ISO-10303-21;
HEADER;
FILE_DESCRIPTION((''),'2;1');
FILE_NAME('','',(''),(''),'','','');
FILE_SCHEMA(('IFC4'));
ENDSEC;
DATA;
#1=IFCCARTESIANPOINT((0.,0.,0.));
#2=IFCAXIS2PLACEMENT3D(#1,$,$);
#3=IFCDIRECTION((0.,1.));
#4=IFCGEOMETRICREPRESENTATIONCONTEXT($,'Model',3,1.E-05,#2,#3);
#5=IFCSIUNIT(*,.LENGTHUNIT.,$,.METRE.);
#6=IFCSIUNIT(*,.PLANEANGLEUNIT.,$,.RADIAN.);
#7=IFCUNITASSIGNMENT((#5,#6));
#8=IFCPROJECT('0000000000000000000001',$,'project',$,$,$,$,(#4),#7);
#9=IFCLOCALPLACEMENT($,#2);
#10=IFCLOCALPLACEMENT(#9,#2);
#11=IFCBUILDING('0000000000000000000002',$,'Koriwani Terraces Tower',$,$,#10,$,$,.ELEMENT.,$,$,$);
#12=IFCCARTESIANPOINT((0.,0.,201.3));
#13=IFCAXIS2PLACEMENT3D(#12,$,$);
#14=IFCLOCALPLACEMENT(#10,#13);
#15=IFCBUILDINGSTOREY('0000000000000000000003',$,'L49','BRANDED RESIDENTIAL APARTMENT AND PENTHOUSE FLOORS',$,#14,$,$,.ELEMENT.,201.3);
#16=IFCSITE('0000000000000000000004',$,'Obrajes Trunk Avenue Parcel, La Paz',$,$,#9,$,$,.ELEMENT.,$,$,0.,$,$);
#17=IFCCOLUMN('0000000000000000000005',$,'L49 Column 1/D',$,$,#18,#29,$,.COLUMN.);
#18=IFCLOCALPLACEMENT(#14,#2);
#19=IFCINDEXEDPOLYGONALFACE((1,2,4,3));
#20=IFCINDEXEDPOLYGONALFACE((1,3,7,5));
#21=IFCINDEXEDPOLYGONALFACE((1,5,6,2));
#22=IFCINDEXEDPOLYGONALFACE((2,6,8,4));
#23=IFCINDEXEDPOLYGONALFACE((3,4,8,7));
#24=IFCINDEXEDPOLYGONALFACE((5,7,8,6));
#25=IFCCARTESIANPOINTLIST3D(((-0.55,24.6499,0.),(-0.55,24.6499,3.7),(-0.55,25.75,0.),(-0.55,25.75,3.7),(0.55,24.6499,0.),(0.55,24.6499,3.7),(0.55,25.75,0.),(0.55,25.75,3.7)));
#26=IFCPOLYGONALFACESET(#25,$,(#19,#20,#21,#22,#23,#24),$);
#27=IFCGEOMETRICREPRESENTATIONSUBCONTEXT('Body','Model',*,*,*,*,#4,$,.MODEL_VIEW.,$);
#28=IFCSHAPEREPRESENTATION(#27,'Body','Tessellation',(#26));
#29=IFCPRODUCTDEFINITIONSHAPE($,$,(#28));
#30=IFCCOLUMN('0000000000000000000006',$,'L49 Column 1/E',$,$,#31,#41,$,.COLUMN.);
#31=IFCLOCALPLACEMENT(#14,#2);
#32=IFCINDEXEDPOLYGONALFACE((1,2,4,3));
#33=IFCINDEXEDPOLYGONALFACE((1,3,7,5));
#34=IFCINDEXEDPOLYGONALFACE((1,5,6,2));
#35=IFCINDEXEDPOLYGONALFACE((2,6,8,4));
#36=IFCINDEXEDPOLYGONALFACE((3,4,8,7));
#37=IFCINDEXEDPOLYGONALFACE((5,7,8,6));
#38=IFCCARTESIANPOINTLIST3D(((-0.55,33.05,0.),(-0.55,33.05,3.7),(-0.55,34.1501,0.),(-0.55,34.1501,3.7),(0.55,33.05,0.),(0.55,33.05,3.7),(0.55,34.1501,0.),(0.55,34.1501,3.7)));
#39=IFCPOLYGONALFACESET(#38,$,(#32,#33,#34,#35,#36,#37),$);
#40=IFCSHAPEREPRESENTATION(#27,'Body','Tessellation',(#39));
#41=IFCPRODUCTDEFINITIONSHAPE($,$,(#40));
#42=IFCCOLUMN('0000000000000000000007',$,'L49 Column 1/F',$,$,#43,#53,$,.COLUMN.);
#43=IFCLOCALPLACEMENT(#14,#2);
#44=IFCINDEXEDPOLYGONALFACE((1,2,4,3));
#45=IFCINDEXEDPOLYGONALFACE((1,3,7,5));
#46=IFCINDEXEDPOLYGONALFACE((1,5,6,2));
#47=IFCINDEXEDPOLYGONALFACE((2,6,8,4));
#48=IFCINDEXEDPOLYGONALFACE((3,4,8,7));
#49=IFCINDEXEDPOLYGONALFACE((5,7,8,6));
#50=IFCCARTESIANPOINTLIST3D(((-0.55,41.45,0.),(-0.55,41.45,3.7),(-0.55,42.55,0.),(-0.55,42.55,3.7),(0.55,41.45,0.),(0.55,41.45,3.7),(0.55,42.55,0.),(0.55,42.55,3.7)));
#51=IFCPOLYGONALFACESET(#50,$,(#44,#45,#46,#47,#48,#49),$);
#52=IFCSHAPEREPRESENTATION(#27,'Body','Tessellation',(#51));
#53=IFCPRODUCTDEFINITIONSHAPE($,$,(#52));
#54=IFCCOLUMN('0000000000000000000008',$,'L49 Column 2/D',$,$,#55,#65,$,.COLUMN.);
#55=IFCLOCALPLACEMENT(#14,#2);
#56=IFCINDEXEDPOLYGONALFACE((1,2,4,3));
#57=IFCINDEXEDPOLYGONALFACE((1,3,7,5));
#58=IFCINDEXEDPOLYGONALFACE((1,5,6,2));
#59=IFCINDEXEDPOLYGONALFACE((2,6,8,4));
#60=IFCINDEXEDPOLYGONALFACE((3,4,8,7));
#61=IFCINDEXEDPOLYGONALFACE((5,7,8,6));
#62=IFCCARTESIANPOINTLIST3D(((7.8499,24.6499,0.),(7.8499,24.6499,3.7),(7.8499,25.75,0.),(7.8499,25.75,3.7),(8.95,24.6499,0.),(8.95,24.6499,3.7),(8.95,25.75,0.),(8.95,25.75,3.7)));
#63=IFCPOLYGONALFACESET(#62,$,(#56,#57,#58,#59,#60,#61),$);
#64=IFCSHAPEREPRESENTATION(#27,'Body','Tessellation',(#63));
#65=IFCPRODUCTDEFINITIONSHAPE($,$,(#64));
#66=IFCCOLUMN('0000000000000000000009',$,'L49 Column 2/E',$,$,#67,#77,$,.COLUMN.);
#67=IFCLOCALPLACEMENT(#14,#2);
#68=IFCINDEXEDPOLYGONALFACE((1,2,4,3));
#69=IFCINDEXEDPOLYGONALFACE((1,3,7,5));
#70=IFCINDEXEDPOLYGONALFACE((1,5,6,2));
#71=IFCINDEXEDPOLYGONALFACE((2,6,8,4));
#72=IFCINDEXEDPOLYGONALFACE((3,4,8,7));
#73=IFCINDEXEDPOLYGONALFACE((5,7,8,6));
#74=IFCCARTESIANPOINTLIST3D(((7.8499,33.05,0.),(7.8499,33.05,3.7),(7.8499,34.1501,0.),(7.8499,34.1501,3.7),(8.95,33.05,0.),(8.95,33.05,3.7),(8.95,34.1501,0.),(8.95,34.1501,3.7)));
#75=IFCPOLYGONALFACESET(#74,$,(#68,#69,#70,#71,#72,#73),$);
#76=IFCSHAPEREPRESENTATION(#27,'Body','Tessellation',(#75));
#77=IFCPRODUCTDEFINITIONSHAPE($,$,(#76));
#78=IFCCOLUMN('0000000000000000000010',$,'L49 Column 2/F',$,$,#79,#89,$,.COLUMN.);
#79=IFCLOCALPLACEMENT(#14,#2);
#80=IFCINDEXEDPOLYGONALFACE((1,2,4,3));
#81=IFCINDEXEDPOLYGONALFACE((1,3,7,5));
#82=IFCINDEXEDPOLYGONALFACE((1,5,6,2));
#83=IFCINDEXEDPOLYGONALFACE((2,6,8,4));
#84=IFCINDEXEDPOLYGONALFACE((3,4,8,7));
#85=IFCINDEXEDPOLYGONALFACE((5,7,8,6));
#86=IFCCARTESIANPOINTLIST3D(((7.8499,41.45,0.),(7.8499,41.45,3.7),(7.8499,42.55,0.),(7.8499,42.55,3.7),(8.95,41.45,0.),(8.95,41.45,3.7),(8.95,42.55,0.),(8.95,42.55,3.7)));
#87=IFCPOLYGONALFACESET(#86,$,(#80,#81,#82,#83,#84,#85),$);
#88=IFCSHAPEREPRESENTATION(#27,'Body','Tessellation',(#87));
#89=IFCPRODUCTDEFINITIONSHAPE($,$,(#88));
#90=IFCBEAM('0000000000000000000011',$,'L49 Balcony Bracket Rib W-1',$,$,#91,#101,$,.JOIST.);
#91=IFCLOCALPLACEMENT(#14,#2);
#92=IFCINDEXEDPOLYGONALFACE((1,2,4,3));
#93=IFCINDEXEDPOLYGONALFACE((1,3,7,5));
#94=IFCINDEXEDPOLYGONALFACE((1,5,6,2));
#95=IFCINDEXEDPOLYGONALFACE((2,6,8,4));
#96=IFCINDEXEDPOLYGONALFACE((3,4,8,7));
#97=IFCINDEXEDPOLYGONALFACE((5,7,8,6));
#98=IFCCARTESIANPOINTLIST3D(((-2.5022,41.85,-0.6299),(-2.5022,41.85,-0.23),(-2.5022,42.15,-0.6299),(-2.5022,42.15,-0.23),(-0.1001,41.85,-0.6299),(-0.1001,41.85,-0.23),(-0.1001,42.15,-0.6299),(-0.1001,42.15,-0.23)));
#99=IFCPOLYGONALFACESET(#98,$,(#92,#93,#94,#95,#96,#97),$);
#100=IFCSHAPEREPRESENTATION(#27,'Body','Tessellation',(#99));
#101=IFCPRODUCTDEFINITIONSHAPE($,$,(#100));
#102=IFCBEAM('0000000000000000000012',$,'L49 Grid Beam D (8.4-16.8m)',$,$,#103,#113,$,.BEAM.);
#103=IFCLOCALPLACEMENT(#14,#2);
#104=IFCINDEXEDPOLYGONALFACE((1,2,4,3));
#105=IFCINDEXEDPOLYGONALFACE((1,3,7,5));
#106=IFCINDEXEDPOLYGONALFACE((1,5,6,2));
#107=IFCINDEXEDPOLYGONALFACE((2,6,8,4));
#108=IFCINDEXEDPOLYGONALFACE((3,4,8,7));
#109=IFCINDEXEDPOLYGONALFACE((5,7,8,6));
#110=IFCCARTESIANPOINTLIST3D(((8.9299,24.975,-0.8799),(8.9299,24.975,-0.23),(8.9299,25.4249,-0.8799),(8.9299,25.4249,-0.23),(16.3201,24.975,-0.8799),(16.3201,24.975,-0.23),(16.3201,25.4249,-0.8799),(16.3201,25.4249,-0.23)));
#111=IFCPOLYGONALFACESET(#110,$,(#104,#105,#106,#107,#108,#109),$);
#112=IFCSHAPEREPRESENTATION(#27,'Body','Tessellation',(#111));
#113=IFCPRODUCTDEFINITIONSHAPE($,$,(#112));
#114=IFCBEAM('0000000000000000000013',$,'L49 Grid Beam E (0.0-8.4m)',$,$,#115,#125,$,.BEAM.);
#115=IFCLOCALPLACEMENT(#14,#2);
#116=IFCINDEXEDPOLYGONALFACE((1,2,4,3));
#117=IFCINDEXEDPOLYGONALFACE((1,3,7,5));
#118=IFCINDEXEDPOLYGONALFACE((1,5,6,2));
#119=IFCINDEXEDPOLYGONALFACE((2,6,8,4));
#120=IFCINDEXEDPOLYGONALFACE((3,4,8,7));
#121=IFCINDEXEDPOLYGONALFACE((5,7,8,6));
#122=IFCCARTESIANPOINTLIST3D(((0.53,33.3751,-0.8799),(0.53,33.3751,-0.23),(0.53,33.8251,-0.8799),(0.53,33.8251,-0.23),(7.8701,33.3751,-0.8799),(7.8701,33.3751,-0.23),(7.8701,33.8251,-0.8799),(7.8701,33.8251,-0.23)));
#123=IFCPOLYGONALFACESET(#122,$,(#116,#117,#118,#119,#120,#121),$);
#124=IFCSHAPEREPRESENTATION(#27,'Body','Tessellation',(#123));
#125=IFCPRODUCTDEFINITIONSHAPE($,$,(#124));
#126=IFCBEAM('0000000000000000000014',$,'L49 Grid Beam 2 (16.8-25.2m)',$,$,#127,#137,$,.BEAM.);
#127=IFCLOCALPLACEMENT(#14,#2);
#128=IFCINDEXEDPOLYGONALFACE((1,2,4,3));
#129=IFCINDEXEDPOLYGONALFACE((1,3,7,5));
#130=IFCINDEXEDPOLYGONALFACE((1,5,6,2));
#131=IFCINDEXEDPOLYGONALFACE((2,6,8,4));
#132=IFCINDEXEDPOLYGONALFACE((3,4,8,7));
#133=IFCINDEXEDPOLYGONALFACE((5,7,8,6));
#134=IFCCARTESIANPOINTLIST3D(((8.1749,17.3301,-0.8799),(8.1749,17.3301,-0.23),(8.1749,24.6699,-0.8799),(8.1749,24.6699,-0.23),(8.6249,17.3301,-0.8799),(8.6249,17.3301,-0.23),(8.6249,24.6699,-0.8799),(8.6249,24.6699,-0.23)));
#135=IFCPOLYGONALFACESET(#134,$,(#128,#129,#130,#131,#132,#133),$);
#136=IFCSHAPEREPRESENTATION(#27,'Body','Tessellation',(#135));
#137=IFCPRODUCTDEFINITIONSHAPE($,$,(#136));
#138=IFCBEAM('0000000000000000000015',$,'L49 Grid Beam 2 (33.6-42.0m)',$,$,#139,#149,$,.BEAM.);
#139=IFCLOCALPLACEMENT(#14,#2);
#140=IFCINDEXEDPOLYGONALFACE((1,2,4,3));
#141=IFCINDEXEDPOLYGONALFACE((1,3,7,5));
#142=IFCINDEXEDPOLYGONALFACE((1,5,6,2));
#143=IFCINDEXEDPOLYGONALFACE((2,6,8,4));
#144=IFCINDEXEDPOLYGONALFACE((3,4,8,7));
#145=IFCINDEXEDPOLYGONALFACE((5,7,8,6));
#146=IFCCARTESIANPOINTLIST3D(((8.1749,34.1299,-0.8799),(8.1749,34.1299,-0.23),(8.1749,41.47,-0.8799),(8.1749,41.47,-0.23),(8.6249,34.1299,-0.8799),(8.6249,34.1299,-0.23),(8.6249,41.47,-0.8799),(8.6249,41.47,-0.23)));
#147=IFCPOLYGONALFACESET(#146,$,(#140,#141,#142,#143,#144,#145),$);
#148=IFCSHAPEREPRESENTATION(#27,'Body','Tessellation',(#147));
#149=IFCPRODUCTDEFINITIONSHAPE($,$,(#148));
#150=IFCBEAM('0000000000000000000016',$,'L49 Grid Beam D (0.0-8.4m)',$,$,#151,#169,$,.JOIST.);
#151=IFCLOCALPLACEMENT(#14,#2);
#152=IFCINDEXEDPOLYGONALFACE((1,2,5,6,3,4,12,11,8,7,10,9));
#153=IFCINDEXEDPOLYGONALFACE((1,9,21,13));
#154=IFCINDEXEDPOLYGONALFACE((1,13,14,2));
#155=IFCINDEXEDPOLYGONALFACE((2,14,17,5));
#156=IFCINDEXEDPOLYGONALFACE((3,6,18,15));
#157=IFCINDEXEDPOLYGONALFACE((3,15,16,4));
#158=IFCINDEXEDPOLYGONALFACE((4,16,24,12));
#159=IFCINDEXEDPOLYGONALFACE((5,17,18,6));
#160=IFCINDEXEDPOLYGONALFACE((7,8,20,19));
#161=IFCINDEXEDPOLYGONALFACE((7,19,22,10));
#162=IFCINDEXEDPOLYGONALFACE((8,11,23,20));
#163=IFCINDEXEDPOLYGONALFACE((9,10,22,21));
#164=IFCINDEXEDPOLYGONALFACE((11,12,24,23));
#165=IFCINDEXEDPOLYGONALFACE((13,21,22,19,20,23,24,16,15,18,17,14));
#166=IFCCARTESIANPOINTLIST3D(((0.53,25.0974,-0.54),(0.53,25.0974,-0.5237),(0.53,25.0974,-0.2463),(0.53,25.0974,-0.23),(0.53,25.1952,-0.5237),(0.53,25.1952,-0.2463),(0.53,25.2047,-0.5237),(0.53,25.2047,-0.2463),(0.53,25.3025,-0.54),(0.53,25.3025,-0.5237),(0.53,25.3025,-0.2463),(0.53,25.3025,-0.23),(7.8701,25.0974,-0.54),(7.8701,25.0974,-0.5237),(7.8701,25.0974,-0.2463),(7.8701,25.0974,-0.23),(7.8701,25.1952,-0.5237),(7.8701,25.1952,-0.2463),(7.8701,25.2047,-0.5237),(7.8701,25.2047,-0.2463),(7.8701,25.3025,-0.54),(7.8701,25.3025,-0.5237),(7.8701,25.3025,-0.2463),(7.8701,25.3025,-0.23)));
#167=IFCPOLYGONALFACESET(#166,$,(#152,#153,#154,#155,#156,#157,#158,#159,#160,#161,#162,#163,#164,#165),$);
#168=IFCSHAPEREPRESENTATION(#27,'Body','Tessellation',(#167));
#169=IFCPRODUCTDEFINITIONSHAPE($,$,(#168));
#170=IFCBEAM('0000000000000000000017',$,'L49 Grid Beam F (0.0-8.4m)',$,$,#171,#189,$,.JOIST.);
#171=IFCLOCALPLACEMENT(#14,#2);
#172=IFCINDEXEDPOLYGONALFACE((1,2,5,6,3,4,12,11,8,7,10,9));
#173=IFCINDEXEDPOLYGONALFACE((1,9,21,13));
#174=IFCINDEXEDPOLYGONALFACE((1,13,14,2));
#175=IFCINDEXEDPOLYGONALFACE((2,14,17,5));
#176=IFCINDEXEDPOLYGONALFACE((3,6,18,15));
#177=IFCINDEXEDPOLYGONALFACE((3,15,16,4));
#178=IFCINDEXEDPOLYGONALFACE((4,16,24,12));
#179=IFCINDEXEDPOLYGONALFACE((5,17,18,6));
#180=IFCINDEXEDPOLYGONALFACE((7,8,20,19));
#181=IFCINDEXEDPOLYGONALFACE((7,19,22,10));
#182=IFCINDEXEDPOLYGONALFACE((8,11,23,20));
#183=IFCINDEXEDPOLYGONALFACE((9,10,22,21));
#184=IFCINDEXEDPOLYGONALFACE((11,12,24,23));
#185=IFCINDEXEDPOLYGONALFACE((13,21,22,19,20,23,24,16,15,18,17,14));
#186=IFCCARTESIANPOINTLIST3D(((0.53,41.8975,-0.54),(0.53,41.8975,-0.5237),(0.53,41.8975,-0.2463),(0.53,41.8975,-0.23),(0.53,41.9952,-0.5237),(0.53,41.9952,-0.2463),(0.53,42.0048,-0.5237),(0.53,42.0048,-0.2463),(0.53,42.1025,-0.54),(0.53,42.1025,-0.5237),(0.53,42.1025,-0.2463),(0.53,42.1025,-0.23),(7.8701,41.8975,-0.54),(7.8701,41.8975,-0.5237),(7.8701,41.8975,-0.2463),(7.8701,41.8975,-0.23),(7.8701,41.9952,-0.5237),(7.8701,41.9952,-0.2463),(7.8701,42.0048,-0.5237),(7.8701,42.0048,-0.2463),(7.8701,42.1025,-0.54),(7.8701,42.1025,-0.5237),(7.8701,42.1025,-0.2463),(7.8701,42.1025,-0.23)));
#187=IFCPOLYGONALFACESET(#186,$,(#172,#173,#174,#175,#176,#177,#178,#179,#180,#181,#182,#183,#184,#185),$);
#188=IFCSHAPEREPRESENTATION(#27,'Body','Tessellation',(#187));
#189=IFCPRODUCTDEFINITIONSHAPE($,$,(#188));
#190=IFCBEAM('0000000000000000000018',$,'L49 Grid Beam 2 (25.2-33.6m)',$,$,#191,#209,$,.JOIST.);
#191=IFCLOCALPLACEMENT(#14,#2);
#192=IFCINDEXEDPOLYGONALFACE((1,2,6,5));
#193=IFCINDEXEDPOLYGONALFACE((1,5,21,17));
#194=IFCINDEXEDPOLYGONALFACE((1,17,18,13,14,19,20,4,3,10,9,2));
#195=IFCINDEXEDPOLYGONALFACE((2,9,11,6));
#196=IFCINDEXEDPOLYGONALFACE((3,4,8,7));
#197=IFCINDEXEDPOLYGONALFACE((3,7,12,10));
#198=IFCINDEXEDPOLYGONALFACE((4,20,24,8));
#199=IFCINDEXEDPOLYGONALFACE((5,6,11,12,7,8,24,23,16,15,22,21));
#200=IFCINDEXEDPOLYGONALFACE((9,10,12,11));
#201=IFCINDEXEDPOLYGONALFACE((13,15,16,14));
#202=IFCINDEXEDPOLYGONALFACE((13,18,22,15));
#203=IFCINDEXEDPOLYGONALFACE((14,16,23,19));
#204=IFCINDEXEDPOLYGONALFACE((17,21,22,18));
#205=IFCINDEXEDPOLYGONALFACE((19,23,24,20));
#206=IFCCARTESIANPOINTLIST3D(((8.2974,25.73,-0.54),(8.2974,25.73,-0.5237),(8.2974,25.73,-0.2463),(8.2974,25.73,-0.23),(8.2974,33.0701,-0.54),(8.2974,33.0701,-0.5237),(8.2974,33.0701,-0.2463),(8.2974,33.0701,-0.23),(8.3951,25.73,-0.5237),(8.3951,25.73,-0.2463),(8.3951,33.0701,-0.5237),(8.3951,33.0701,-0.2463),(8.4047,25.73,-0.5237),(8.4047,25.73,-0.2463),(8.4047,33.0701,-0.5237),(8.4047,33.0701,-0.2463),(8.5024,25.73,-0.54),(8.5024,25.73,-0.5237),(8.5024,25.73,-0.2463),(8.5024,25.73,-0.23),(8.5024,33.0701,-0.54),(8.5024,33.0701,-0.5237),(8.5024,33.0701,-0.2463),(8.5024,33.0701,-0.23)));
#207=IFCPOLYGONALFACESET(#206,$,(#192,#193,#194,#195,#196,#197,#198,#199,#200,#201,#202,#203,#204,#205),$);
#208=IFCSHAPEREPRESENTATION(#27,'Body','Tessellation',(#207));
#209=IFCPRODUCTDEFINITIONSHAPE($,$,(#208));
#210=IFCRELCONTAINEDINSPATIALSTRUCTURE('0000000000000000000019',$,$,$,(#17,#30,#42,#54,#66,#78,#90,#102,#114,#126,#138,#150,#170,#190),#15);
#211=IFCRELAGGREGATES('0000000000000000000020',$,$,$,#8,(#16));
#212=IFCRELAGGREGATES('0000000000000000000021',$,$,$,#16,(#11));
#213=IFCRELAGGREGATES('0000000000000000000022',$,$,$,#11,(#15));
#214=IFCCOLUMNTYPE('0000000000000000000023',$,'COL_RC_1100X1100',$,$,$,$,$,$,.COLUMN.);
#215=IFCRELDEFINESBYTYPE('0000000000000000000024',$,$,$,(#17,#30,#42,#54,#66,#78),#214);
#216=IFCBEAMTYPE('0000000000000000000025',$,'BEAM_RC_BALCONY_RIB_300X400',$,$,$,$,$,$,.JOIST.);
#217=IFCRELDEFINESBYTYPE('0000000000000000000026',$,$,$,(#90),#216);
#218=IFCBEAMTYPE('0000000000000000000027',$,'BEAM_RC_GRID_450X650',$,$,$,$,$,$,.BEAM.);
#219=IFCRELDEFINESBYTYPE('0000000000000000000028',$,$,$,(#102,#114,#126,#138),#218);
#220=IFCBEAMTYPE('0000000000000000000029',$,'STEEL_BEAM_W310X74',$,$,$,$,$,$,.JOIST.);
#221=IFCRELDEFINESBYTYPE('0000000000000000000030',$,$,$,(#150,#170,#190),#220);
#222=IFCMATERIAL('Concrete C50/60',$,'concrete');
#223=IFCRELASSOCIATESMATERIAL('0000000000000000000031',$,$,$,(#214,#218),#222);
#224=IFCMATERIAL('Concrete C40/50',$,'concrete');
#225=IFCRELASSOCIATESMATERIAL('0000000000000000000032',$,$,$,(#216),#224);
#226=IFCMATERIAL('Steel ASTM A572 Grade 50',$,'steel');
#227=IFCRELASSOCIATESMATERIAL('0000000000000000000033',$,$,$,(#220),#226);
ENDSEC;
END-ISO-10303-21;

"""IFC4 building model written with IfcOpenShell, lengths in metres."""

from ifc_helpers import new_model, si_unit, direction, frame, origin, origin_2d, place, context, subcontext, project, spatial, rectangle, i_section, extrude, material, material_profile, profile_set, type_object, element, save


model = new_model("IFC4")

# Units and contexts
model_context = context("Model", 3, precision=1e-05, world=origin(), true_north=direction((0.0, 1.0)))
body_context = subcontext(model_context, "Body", "Model", "MODEL_VIEW")
ifc_project = project(units=[si_unit("LENGTHUNIT", "METRE"), si_unit("PLANEANGLEUNIT", "RADIAN")], contexts=[model_context])

# Site, building, storey
site_placement = place(None, origin())
site = spatial("IfcSite", under=ifc_project, at=site_placement, Name="Obrajes Trunk Avenue Parcel, La Paz", CompositionType="ELEMENT", RefElevation=0.0)
building_placement = place(site_placement, origin())
building = spatial("IfcBuilding", under=site, at=building_placement, Name="Koriwani Terraces Tower", CompositionType="ELEMENT")
storey_placement = place(building_placement, frame((0.0, 0.0, 201.3)))
storey = spatial("IfcBuildingStorey", under=building, at=storey_placement, Name="L49", Description="BRANDED RESIDENTIAL APARTMENT AND PENTHOUSE FLOORS", CompositionType="ELEMENT", Elevation=201.3)

# Columns
ifc_material_1 = material(Name="Concrete C50/60", Category="concrete")
ifc_material_profile_1 = material_profile(ifc_material_1, rectangle(XDim=1.1001, YDim=1.1001, at=origin_2d()), Name="Concrete C50/60", Category="LoadBearing")
ifc_profile_set_1 = profile_set([ifc_material_profile_1], Name="Concrete C50/60")
column_type = type_object("IfcColumnType", Name="COL_RC_1100X1100", PredefinedType="COLUMN", material=ifc_profile_set_1)
for number, where, z_axis, x_axis, name in (
    (1, (0.0, 25.2, 0.0), (0.0, 0.0, 1.0), (1.0, 0.0, 0.0), "L49 Column 1/D"),
    (2, (0.0, 33.6001, 0.0), (0.0, 0.0, 1.0), (1.0, 0.0, 0.0), "L49 Column 1/E"),
    (3, (0.0, 42.0, 0.0), (0.0, 0.0, 1.0), (1.0, 0.0, 0.0), "L49 Column 1/F"),
    (4, (8.3999, 25.2, 0.0), (0.0, 0.0, 1.0), (1.0, 0.0, 0.0), "L49 Column 2/D"),
    (5, (8.3999, 33.6001, 0.0), (0.0, 0.0, 1.0), (1.0, 0.0, 0.0), "L49 Column 2/E"),
    (6, (8.3999, 42.0, 0.0), (0.0, 0.0, 1.0), (1.0, 0.0, 0.0), "L49 Column 2/F"),
):
    element("IfcColumn", number, at=place(storey_placement, frame(where, z_axis=z_axis, x_axis=x_axis)), inside=storey, type_object=column_type, Name=name, PredefinedType="COLUMN", context=body_context, shape_type="SweptSolid", body=[
        extrude(rectangle(XDim=1.1001, YDim=1.1001, at=origin_2d()), origin(), (0.0, 0.0, 1.0), 3.7),
    ])

# Beams
ifc_material_2 = material(Name="Concrete C40/50", Category="concrete")
ifc_material_profile_2 = material_profile(ifc_material_2, rectangle(XDim=0.3, YDim=0.3999, at=origin_2d()), Name="Concrete C40/50", Category="LoadBearing")
ifc_profile_set_2 = profile_set([ifc_material_profile_2], Name="Concrete C40/50")
beam_type_1 = type_object("IfcBeamType", Name="BEAM_RC_BALCONY_RIB_300X400", PredefinedType="JOIST", material=ifc_profile_set_2)
beam_1_placement = place(storey_placement, frame((-2.5022, 42.0, -0.4299), z_axis=(1.0, 0.0, 0.0), x_axis=(0.0, 1.0, 0.0)))
element("IfcBeam", 7, at=beam_1_placement, inside=storey, type_object=beam_type_1, Name="L49 Balcony Bracket Rib W-1", PredefinedType="JOIST", context=body_context, shape_type="SweptSolid", body=[
    extrude(rectangle(XDim=0.3, YDim=0.3999, at=origin_2d()), origin(), (0.0, 0.0, 1.0), 2.4021),
])
ifc_material_profile_3 = material_profile(ifc_material_1, rectangle(XDim=0.45, YDim=0.6499, at=origin_2d()), Name="Concrete C50/60", Category="LoadBearing")
ifc_profile_set_3 = profile_set([ifc_material_profile_3], Name="Concrete C50/60")
beam_type_2 = type_object("IfcBeamType", Name="BEAM_RC_GRID_450X650", PredefinedType="BEAM", material=ifc_profile_set_3)
beam_2_placement = place(storey_placement, frame((8.9299, 25.2, -0.5549), z_axis=(1.0, 0.0, 0.0), x_axis=(0.0, 1.0, 0.0)))
element("IfcBeam", 8, at=beam_2_placement, inside=storey, type_object=beam_type_2, Name="L49 Grid Beam D (8.4-16.8m)", PredefinedType="BEAM", context=body_context, shape_type="SweptSolid", body=[
    extrude(rectangle(XDim=0.45, YDim=0.6499, at=origin_2d()), origin(), (0.0, 0.0, 1.0), 7.3901),
])
beam_3_placement = place(storey_placement, frame((0.53, 33.6001, -0.5549), z_axis=(1.0, 0.0, 0.0), x_axis=(0.0, 1.0, 0.0)))
element("IfcBeam", 9, at=beam_3_placement, inside=storey, type_object=beam_type_2, Name="L49 Grid Beam E (0.0-8.4m)", PredefinedType="BEAM", context=body_context, shape_type="SweptSolid", body=[
    extrude(rectangle(XDim=0.45, YDim=0.6499, at=origin_2d()), origin(), (0.0, 0.0, 1.0), 7.3401),
])
beam_4_placement = place(storey_placement, frame((8.3999, 17.3301, -0.5549), z_axis=(0.0, 1.0, 0.0), x_axis=(-1.0, 0.0, 0.0)))
element("IfcBeam", 10, at=beam_4_placement, inside=storey, type_object=beam_type_2, Name="L49 Grid Beam 2 (16.8-25.2m)", PredefinedType="BEAM", context=body_context, shape_type="SweptSolid", body=[
    extrude(rectangle(XDim=0.45, YDim=0.6499, at=origin_2d()), origin(), (0.0, 0.0, 1.0), 7.3398),
])
beam_5_placement = place(storey_placement, frame((8.3999, 34.1299, -0.5549), z_axis=(0.0, 1.0, 0.0), x_axis=(-1.0, 0.0, 0.0)))
element("IfcBeam", 11, at=beam_5_placement, inside=storey, type_object=beam_type_2, Name="L49 Grid Beam 2 (33.6-42.0m)", PredefinedType="BEAM", context=body_context, shape_type="SweptSolid", body=[
    extrude(rectangle(XDim=0.45, YDim=0.6499, at=origin_2d()), origin(), (0.0, 0.0, 1.0), 7.3401),
])
ifc_material_3 = material(Name="Steel ASTM A572 Grade 50", Category="steel")
ifc_material_profile_4 = material_profile(ifc_material_3, i_section(OverallWidth=0.2051, OverallDepth=0.3101, WebThickness=0.0095, FlangeThickness=0.0164, at=origin_2d()), Name="Steel ASTM A572 Grade 50", Category="LoadBearing")
ifc_profile_set_4 = profile_set([ifc_material_profile_4], Name="Steel ASTM A572 Grade 50")
beam_type_3 = type_object("IfcBeamType", Name="STEEL_BEAM_W310X74", PredefinedType="JOIST", material=ifc_profile_set_4)
for number, where, z_axis, x_axis, name in (
    (12, (0.53, 25.2, -0.385), (1.0, 0.0, 0.0), (0.0, 1.0, 0.0), "L49 Grid Beam D (0.0-8.4m)"),
    (13, (0.53, 42.0, -0.385), (1.0, 0.0, 0.0), (0.0, 1.0, 0.0), "L49 Grid Beam F (0.0-8.4m)"),
    (14, (8.3999, 25.73, -0.385), (0.0, 1.0, 0.0), (-1.0, 0.0, 0.0), "L49 Grid Beam 2 (25.2-33.6m)"),
):
    element("IfcBeam", number, at=place(storey_placement, frame(where, z_axis=z_axis, x_axis=x_axis)), inside=storey, type_object=beam_type_3, Name=name, PredefinedType="JOIST", context=body_context, shape_type="SweptSolid", body=[
        extrude(i_section(OverallWidth=0.2051, OverallDepth=0.3101, WebThickness=0.0095, FlangeThickness=0.0164, at=origin_2d()), origin(), (0.0, 0.0, 1.0), 7.3401),
    ])

save(model, "model.ifc")
